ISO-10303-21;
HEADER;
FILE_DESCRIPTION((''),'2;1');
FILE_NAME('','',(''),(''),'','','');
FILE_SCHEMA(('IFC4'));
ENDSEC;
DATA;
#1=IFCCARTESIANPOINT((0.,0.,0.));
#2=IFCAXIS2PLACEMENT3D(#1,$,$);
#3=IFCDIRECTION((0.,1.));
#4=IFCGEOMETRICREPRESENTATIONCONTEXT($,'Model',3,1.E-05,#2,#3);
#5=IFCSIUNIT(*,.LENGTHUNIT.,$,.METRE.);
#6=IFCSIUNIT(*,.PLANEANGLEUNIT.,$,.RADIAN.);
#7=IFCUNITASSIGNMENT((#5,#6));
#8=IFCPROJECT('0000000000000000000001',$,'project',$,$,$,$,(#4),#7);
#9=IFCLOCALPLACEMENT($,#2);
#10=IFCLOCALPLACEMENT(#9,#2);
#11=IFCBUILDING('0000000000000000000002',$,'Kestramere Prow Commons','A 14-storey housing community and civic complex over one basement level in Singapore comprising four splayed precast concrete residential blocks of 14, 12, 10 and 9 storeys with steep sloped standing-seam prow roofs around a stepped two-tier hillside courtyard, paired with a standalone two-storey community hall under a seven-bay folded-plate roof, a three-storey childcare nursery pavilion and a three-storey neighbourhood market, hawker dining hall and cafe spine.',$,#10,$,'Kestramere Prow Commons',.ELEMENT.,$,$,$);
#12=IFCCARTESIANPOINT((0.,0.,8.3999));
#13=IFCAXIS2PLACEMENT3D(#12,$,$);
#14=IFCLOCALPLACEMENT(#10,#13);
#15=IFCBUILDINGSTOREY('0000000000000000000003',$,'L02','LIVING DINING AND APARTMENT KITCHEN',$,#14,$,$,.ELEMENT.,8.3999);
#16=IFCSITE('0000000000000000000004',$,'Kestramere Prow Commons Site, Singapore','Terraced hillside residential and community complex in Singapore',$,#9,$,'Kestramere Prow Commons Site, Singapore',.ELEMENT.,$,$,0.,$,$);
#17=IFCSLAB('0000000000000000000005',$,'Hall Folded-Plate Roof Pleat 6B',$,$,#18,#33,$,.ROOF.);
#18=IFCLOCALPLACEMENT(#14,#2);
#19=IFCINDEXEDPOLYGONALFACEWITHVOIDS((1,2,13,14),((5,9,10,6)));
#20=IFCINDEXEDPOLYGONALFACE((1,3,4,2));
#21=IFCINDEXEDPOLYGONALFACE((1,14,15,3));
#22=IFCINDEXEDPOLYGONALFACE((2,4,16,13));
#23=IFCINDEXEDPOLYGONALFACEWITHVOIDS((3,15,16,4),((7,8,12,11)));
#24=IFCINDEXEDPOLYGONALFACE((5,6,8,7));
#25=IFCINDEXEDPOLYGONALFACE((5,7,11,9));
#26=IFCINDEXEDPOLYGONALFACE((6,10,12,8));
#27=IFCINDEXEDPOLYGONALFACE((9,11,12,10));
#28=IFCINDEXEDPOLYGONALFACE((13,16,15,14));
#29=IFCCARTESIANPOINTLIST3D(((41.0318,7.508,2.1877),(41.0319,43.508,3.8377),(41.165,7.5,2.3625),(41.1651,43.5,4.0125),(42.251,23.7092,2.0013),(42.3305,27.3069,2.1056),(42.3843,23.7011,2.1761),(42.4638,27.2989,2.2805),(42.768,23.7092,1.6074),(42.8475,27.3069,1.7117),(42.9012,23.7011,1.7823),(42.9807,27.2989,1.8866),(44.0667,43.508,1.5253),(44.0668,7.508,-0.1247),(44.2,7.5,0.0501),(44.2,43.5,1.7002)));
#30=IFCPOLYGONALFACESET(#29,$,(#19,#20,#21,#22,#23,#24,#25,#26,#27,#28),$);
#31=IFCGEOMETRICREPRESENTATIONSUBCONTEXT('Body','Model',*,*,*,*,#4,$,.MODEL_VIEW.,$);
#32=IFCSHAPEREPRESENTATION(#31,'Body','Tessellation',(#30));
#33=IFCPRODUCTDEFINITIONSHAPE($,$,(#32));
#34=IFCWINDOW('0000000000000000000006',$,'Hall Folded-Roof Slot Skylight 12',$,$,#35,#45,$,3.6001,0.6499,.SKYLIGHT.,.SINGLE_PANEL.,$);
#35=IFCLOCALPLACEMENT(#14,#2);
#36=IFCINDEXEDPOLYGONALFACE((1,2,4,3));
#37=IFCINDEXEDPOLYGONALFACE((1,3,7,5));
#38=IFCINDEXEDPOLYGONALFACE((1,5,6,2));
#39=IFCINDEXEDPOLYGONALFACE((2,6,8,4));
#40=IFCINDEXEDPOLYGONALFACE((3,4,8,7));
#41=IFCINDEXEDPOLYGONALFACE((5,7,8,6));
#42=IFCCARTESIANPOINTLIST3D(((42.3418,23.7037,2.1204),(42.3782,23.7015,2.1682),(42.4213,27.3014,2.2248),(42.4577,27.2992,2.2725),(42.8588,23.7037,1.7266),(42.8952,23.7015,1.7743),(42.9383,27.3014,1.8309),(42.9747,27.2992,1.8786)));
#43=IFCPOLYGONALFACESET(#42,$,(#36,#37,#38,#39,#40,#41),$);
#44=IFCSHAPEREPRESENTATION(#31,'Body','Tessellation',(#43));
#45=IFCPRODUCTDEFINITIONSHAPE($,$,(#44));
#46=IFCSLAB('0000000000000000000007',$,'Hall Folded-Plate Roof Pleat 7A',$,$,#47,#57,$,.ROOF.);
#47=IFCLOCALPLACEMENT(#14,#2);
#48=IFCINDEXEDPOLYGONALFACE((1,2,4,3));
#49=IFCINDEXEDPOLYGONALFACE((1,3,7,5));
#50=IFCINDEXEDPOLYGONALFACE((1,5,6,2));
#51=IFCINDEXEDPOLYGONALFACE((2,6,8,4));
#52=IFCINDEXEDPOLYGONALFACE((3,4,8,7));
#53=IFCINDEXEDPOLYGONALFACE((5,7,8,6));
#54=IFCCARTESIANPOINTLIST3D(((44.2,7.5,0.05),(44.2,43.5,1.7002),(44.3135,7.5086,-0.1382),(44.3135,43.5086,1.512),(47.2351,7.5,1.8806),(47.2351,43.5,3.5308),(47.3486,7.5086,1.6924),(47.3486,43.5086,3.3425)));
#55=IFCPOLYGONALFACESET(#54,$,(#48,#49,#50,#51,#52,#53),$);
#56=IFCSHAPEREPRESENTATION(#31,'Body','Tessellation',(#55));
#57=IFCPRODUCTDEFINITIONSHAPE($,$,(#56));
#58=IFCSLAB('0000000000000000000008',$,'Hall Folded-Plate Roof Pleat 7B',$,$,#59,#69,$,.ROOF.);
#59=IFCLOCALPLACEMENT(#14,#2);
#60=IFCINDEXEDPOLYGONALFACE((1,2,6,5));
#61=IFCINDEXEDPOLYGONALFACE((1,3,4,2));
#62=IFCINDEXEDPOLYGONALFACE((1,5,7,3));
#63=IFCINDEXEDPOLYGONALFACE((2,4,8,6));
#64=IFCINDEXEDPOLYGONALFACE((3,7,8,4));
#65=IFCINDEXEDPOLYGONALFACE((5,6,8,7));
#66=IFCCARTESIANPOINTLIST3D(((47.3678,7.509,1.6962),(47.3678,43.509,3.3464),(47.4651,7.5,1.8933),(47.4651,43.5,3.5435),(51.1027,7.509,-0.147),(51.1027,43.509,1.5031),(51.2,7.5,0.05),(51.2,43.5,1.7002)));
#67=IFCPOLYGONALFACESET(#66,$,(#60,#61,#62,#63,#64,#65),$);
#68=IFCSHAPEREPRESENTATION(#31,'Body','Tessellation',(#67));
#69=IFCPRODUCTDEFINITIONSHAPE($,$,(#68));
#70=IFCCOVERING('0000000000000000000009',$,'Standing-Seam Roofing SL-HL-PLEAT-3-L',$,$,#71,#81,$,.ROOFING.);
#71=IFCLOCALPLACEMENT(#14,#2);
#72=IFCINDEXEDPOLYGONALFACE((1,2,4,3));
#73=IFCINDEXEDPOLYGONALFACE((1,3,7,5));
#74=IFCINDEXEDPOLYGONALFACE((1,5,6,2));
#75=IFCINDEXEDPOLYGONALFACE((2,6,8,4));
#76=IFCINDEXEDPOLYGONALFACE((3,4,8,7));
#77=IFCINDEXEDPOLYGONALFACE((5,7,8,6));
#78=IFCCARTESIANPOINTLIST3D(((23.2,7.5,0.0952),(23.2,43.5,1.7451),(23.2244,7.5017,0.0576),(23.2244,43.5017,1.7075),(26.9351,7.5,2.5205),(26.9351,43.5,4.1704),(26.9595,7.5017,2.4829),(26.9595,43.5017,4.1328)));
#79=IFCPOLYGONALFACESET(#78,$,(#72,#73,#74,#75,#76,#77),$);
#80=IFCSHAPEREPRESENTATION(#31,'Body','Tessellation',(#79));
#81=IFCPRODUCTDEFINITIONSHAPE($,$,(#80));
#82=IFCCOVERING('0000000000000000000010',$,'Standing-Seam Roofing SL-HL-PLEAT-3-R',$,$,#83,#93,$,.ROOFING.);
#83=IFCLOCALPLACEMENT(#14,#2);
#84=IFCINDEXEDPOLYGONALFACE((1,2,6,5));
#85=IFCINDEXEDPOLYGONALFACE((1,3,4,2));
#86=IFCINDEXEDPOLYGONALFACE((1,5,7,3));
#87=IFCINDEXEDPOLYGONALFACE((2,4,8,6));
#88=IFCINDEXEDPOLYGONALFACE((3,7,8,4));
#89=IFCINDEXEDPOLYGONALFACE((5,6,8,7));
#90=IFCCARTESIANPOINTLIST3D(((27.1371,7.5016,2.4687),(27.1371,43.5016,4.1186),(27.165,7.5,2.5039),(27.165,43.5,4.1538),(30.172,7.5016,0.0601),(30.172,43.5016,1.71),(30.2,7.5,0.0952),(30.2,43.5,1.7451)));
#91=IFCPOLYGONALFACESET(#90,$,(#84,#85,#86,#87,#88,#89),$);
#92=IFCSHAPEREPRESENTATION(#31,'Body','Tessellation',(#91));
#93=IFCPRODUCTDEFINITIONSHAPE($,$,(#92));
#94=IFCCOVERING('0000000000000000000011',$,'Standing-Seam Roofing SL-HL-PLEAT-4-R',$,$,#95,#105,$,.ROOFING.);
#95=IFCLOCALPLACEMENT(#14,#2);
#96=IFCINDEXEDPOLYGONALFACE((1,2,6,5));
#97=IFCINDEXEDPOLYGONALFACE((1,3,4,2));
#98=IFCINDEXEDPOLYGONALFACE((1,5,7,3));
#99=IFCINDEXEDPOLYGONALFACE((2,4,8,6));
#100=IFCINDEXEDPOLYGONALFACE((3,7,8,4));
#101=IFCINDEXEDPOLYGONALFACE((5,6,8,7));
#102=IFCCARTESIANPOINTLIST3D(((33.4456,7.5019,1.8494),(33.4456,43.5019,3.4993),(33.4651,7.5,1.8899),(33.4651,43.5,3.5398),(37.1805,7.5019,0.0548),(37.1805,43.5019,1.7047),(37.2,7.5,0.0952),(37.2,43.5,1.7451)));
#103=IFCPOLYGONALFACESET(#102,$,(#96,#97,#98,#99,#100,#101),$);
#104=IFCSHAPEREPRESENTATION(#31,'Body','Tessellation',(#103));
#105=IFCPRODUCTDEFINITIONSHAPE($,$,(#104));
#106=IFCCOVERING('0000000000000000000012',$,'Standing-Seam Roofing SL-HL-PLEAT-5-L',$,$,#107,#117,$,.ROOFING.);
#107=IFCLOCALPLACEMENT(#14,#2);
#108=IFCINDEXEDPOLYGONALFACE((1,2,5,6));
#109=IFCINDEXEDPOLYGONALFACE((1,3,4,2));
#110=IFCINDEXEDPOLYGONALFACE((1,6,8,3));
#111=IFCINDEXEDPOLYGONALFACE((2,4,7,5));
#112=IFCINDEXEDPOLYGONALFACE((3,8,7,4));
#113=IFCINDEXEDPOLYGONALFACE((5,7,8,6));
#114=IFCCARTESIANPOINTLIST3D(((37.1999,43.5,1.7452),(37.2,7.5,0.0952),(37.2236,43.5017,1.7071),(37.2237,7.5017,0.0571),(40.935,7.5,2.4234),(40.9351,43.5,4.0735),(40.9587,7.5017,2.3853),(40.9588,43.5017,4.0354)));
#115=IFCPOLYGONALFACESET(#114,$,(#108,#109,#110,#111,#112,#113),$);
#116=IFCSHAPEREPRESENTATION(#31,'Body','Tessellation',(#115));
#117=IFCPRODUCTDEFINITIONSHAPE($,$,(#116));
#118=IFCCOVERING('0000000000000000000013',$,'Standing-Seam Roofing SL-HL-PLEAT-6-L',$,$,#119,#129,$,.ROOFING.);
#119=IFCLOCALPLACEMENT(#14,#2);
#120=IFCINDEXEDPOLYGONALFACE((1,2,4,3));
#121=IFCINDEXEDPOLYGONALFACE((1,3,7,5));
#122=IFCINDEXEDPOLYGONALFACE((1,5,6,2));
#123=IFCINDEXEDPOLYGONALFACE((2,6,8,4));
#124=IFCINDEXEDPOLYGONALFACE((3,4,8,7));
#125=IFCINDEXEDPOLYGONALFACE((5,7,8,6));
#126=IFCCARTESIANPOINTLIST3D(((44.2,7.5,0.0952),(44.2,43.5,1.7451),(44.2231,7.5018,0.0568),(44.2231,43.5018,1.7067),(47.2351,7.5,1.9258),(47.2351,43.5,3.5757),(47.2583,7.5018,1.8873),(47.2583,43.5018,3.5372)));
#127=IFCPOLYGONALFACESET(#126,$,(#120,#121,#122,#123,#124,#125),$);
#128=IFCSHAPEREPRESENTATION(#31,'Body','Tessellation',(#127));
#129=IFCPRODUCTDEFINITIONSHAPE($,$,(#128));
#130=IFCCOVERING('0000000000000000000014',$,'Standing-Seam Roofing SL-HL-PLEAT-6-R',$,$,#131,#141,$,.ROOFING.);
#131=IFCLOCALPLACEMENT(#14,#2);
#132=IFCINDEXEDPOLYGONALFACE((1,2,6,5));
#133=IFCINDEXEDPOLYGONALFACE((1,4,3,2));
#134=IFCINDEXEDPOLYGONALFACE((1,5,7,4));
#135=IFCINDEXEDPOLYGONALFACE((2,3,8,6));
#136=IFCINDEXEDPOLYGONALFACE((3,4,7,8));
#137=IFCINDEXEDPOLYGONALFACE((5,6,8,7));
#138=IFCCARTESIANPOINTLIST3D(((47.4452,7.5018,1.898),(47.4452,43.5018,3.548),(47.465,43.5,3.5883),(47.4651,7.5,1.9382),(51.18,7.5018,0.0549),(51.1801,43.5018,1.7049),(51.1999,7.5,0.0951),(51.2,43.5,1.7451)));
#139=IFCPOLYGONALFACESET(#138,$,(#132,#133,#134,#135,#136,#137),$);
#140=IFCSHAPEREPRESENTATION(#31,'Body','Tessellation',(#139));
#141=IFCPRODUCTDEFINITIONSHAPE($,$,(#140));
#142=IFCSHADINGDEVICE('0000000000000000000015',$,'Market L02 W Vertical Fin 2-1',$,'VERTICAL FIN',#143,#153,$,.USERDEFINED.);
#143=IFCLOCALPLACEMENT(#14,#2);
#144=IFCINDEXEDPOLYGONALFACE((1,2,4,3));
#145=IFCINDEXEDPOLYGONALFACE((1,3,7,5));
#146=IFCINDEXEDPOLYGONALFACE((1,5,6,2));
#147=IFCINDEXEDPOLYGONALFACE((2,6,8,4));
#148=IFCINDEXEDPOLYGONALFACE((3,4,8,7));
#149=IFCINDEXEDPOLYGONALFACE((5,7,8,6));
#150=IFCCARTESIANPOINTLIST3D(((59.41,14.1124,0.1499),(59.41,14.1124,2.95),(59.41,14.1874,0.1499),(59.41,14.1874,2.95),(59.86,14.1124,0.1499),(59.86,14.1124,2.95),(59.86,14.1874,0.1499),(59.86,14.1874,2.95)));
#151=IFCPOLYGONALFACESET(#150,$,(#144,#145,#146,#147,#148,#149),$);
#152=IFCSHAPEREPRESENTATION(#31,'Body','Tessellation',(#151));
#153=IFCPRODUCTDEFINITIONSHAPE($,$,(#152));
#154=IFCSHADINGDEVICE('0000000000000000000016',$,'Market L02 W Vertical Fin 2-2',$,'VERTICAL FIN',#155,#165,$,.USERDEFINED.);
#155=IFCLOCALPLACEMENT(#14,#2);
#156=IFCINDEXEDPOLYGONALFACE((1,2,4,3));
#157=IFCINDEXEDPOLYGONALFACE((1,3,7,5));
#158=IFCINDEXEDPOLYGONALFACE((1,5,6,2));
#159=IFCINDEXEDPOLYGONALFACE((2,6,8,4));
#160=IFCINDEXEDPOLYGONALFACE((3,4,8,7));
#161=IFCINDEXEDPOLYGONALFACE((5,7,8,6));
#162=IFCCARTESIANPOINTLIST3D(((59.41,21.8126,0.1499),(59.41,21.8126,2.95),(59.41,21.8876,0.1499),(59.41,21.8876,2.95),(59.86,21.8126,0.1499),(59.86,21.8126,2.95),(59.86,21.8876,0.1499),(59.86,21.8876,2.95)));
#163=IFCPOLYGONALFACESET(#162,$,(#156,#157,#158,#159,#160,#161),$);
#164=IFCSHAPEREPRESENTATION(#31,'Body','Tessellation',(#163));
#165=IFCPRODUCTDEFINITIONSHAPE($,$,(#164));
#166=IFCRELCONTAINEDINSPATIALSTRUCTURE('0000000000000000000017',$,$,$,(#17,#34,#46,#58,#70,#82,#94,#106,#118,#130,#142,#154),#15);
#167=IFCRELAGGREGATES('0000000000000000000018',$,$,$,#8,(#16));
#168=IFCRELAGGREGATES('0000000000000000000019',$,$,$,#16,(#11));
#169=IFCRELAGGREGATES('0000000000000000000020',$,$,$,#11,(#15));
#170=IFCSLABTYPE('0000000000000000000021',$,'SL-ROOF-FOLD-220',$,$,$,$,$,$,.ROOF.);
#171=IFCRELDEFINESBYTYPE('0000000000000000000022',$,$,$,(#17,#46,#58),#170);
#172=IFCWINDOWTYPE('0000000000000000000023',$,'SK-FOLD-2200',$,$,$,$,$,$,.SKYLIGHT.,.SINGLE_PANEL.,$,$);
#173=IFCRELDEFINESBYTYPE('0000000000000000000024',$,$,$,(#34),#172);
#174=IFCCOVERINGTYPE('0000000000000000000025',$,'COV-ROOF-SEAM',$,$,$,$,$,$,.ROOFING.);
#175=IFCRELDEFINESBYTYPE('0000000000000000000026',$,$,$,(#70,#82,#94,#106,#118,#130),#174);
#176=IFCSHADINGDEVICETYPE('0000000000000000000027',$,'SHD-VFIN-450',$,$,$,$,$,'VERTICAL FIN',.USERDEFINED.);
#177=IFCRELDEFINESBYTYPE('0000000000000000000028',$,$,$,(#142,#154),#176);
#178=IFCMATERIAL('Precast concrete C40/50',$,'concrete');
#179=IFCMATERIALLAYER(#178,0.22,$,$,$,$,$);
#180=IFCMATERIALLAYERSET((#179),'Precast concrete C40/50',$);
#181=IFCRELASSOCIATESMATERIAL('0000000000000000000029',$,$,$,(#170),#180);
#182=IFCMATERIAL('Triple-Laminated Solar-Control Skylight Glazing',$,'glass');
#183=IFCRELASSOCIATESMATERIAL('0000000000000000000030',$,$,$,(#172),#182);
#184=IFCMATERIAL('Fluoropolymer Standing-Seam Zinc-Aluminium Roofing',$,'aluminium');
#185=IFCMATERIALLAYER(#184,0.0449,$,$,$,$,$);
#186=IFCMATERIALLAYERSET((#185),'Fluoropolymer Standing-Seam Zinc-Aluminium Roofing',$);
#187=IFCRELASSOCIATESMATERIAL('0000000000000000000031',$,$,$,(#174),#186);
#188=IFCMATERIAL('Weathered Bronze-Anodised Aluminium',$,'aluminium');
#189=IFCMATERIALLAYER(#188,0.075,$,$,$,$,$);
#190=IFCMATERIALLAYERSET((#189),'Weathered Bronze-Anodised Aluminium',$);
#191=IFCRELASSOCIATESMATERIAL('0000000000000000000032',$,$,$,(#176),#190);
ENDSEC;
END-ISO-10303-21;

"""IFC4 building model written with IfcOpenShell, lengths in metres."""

from ifc_helpers import new_model, si_unit, direction, frame, origin, origin_2d, place, context, subcontext, project, spatial, polyline, rectangle, outline, extrude, material, layer, layer_set, type_object, element, fill, save


model = new_model("IFC4")

# Units and contexts
model_context = context("Model", 3, precision=1e-05, world=origin(), true_north=direction((0.0, 1.0)))
body_context = subcontext(model_context, "Body", "Model", "MODEL_VIEW")
ifc_project = project(units=[si_unit("LENGTHUNIT", "METRE"), si_unit("PLANEANGLEUNIT", "RADIAN")], contexts=[model_context])

# Site, building, storey
site_placement = place(None, origin())
site = spatial("IfcSite", under=ifc_project, at=site_placement, Name="Kestramere Prow Commons Site, Singapore", Description="Terraced hillside residential and community complex in Singapore", LongName="Kestramere Prow Commons Site, Singapore", CompositionType="ELEMENT", RefElevation=0.0)
building_placement = place(site_placement, origin())
building = spatial("IfcBuilding", under=site, at=building_placement, Name="Kestramere Prow Commons", Description="A 14-storey housing community and civic complex over one basement level in Singapore comprising four splayed precast concrete residential blocks of 14, 12, 10 and 9 storeys with steep sloped standing-seam prow roofs around a stepped two-tier hillside courtyard, paired with a standalone two-storey community hall under a seven-bay folded-plate roof, a three-storey childcare nursery pavilion and a three-storey neighbourhood market, hawker dining hall and cafe spine.", LongName="Kestramere Prow Commons", CompositionType="ELEMENT")
storey_placement = place(building_placement, frame((0.0, 0.0, 8.3999)))
storey = spatial("IfcBuildingStorey", under=building, at=storey_placement, Name="L02", Description="LIVING DINING AND APARTMENT KITCHEN", CompositionType="ELEMENT", Elevation=8.3999)

# Shared definitions
ifc_material_1 = material(Name="Precast concrete C40/50", Category="concrete")
ifc_layer_1 = layer(ifc_material_1, 0.22)
ifc_layer_set_1 = layer_set([ifc_layer_1], Name="Precast concrete C40/50")
slab_type = type_object("IfcSlabType", Name="SL-ROOF-FOLD-220", PredefinedType="ROOF", material=ifc_layer_set_1)
ifc_material_2 = material(Name="Triple-Laminated Solar-Control Skylight Glazing", Category="glass")
window_type_1 = type_object("IfcWindowType", Name="SK-FOLD-2200", PartitioningType="SINGLE_PANEL", PredefinedType="SKYLIGHT", material=ifc_material_2)

# Slab, opening, window
slab_1_placement = place(storey_placement, frame((41.165, 7.5, 2.3625), z_axis=(0.605651, -0.036433, 0.794896), x_axis=(0.795424, -0.000001, -0.606054)))
slab_1 = element("IfcSlab", 1, at=slab_1_placement, inside=storey, type_object=slab_type, Name="Hall Folded-Plate Roof Pleat 6B", PredefinedType="ROOF", context=body_context, shape_type="SweptSolid", body=[
    extrude(outline(polyline([(0.0, 0.0), (3.8155, 0.0), (2.8154, 36.0239), (-1.0, 36.0239), (0.0, 0.0)])), origin(), (0.0, 0.0, -1.0), 0.22),
])
opening_1_placement = place(slab_1_placement, frame((1.4077, 18.012, 0.0), z_axis=(0.0, 0.0, 1.0), x_axis=(1.0, 0.0, 0.0)))
opening_1 = element("IfcOpeningElement", 2, at=opening_1_placement, cuts=slab_1, PredefinedType="OPENING", context=body_context, shape_type="SweptSolid", body=[
    extrude(rectangle(XDim=0.6499, YDim=3.6001, at=origin_2d()), frame((0.0, 0.0, 0.0149), z_axis=(0.0, 0.0, -1.0), x_axis=(1.0, 0.0, 0.0)), (0.0, 0.0, 1.0), 0.25),
])
window_1_placement = place(opening_1_placement, frame((0.0, 0.0, -0.01)))
window_1 = element("IfcWindow", 3, at=window_1_placement, inside=storey, type_object=window_type_1, Name="Hall Folded-Roof Slot Skylight 12", OverallHeight=3.6001, OverallWidth=0.6499, PartitioningType="SINGLE_PANEL", PredefinedType="SKYLIGHT", context=body_context, shape_type="SweptSolid", body=[
    extrude(rectangle(XDim=0.6499, YDim=3.6001, at=origin_2d()), frame((0.0, 0.0, 0.0), z_axis=(0.0, 0.0, -1.0), x_axis=(1.0, 0.0, 0.0)), (0.0, 0.0, 1.0), 0.0601),
])
fill(opening_1, window_1)

# Slabs
slab_2_placement = place(storey_placement, frame((44.2, 7.5, 0.05), z_axis=(-0.516062, -0.039221, 0.855653), x_axis=(0.856312, 0.0, 0.516459)))
element("IfcSlab", 4, at=slab_2_placement, inside=storey, type_object=slab_type, Name="Hall Folded-Plate Roof Pleat 7A", PredefinedType="ROOF", context=body_context, shape_type="SweptSolid", body=[
    extrude(outline(polyline([(0.0, 0.0), (3.5445, 0.0), (4.3967, 36.0277), (0.8522, 36.0277), (0.0, 0.0)])), origin(), (0.0, 0.0, -1.0), 0.22),
])
slab_3_placement = place(storey_placement, frame((47.4651, 7.5, 1.8933), z_axis=(0.442192, -0.041069, 0.89598), x_axis=(0.896736, 0.0, -0.442565)))
element("IfcSlab", 5, at=slab_3_placement, inside=storey, type_object=slab_type, Name="Hall Folded-Plate Roof Pleat 7B", PredefinedType="ROOF", context=body_context, shape_type="SweptSolid", body=[
    extrude(outline(polyline([(0.0, 0.0), (4.165, 0.0), (3.4347, 36.0304), (-0.7303, 36.0304), (0.0, 0.0)])), origin(), (0.0, 0.0, -1.0), 0.22),
])

# Coverings
ifc_material_3 = material(Name="Fluoropolymer Standing-Seam Zinc-Aluminium Roofing", Category="aluminium")
ifc_layer_2 = layer(ifc_material_3, 0.0449)
ifc_layer_set_2 = layer_set([ifc_layer_2], Name="Fluoropolymer Standing-Seam Zinc-Aluminium Roofing")
covering_type = type_object("IfcCoveringType", Name="COV-ROOF-SEAM", PredefinedType="ROOFING", material=ifc_layer_set_2)
covering_1_placement = place(storey_placement, frame((23.2, 7.5, 0.0952), z_axis=(-0.544188, -0.03841, 0.838084), x_axis=(0.838703, 0.0, 0.544589)))
element("IfcCovering", 6, at=covering_1_placement, inside=storey, type_object=covering_type, Name="Standing-Seam Roofing SL-HL-PLEAT-3-L", PredefinedType="ROOFING", context=body_context, shape_type="SweptSolid", body=[
    extrude(outline(polyline([(0.0, 0.0), (4.4534, 0.0), (5.352, 36.0266), (0.8985, 36.0266), (0.0, 0.0)])), origin(), (0.0, 0.0, -1.0), 0.0449),
])
covering_2_placement = place(storey_placement, frame((27.165, 7.5, 2.5039), z_axis=(0.621263, -0.035875, 0.782781), x_axis=(0.783285, 0.0, -0.621663)))
element("IfcCovering", 7, at=covering_2_placement, inside=storey, type_object=covering_type, Name="Standing-Seam Roofing SL-HL-PLEAT-3-R", PredefinedType="ROOFING", context=body_context, shape_type="SweptSolid", body=[
    extrude(outline(polyline([(0.0, 0.0), (3.8746, 0.0), (2.8489, 36.0232), (-1.0257, 36.0232), (0.0, 0.0)])), origin(), (0.0, 0.0, -1.0), 0.0449),
])
covering_3_placement = place(storey_placement, frame((33.4651, 7.5, 1.8899), z_axis=(0.432743, -0.041274, 0.900572), x_axis=(0.90134, 0.0, -0.433112)))
element("IfcCovering", 8, at=covering_3_placement, inside=storey, type_object=covering_type, Name="Standing-Seam Roofing SL-HL-PLEAT-4-R", PredefinedType="ROOFING", context=body_context, shape_type="SweptSolid", body=[
    extrude(outline(polyline([(0.0, 0.0), (4.1437, 0.0), (3.4291, 36.0307), (-0.7146, 36.0307), (0.0, 0.0)])), origin(), (0.0, 0.0, -1.0), 0.0449),
])
covering_4_placement = place(storey_placement, frame((37.2, 7.5, 0.0952), z_axis=(-0.528587, -0.038867, 0.847989), x_axis=(0.84863, -0.000001, 0.528986)))
element("IfcCovering", 9, at=covering_4_placement, inside=storey, type_object=covering_type, Name="Standing-Seam Roofing SL-HL-PLEAT-5-L", PredefinedType="ROOFING", context=body_context, shape_type="SweptSolid", body=[
    extrude(outline(polyline([(0.0, 0.0), (4.4013, 0.0), (5.2741, 36.0272), (0.8727, 36.0272), (0.0, 0.0)])), origin(), (0.0, 0.0, -1.0), 0.0449),
])
covering_5_placement = place(storey_placement, frame((44.2, 7.5, 0.0952), z_axis=(-0.516062, -0.039215, 0.855653), x_axis=(0.856312, 0.0, 0.516459)))
element("IfcCovering", 10, at=covering_5_placement, inside=storey, type_object=covering_type, Name="Standing-Seam Roofing SL-HL-PLEAT-6-L", PredefinedType="ROOFING", context=body_context, shape_type="SweptSolid", body=[
    extrude(outline(polyline([(0.0, 0.0), (3.5445, 0.0), (4.3966, 36.0277), (0.8521, 36.0277), (0.0, 0.0)])), origin(), (0.0, 0.0, -1.0), 0.0449),
])
covering_6_placement = place(storey_placement, frame((47.4651, 7.5, 1.9382), z_axis=(0.442168, -0.041067, 0.895992), x_axis=(0.896748, 0.000001, -0.442541)))
element("IfcCovering", 11, at=covering_6_placement, inside=storey, type_object=covering_type, Name="Standing-Seam Roofing SL-HL-PLEAT-6-R", PredefinedType="ROOFING", context=body_context, shape_type="SweptSolid", body=[
    extrude(outline(polyline([(0.0, 0.0), (4.1648, 0.0), (3.4347, 36.0304), (-0.7302, 36.0304), (0.0, 0.0)])), origin(), (0.0, 0.0, -1.0), 0.0449),
])

# Shading devices
ifc_material_4 = material(Name="Weathered Bronze-Anodised Aluminium", Category="aluminium")
ifc_layer_3 = layer(ifc_material_4, 0.075)
ifc_layer_set_3 = layer_set([ifc_layer_3], Name="Weathered Bronze-Anodised Aluminium")
shading_device_type = type_object("IfcShadingDeviceType", Name="SHD-VFIN-450", ElementType="VERTICAL FIN", PredefinedType="USERDEFINED", material=ifc_layer_set_3)
for number, where, z_axis, x_axis, name in (
    (12, (59.635, 14.1499, 0.1499), (0.0, 0.0, 1.0), (1.0, 0.0, 0.0), "Market L02 W Vertical Fin 2-1"),
    (13, (59.635, 21.8501, 0.1499), (0.0, 0.0, 1.0), (1.0, 0.0, 0.0), "Market L02 W Vertical Fin 2-2"),
):
    element("IfcShadingDevice", number, at=place(storey_placement, frame(where, z_axis=z_axis, x_axis=x_axis)), inside=storey, type_object=shading_device_type, Name=name, ObjectType="VERTICAL FIN", PredefinedType="USERDEFINED", context=body_context, shape_type="SweptSolid", body=[
        extrude(rectangle(XDim=0.45, YDim=0.075, at=origin_2d()), origin(), (0.0, 0.0, 1.0), 2.8),
    ])

save(model, "model.ifc")
